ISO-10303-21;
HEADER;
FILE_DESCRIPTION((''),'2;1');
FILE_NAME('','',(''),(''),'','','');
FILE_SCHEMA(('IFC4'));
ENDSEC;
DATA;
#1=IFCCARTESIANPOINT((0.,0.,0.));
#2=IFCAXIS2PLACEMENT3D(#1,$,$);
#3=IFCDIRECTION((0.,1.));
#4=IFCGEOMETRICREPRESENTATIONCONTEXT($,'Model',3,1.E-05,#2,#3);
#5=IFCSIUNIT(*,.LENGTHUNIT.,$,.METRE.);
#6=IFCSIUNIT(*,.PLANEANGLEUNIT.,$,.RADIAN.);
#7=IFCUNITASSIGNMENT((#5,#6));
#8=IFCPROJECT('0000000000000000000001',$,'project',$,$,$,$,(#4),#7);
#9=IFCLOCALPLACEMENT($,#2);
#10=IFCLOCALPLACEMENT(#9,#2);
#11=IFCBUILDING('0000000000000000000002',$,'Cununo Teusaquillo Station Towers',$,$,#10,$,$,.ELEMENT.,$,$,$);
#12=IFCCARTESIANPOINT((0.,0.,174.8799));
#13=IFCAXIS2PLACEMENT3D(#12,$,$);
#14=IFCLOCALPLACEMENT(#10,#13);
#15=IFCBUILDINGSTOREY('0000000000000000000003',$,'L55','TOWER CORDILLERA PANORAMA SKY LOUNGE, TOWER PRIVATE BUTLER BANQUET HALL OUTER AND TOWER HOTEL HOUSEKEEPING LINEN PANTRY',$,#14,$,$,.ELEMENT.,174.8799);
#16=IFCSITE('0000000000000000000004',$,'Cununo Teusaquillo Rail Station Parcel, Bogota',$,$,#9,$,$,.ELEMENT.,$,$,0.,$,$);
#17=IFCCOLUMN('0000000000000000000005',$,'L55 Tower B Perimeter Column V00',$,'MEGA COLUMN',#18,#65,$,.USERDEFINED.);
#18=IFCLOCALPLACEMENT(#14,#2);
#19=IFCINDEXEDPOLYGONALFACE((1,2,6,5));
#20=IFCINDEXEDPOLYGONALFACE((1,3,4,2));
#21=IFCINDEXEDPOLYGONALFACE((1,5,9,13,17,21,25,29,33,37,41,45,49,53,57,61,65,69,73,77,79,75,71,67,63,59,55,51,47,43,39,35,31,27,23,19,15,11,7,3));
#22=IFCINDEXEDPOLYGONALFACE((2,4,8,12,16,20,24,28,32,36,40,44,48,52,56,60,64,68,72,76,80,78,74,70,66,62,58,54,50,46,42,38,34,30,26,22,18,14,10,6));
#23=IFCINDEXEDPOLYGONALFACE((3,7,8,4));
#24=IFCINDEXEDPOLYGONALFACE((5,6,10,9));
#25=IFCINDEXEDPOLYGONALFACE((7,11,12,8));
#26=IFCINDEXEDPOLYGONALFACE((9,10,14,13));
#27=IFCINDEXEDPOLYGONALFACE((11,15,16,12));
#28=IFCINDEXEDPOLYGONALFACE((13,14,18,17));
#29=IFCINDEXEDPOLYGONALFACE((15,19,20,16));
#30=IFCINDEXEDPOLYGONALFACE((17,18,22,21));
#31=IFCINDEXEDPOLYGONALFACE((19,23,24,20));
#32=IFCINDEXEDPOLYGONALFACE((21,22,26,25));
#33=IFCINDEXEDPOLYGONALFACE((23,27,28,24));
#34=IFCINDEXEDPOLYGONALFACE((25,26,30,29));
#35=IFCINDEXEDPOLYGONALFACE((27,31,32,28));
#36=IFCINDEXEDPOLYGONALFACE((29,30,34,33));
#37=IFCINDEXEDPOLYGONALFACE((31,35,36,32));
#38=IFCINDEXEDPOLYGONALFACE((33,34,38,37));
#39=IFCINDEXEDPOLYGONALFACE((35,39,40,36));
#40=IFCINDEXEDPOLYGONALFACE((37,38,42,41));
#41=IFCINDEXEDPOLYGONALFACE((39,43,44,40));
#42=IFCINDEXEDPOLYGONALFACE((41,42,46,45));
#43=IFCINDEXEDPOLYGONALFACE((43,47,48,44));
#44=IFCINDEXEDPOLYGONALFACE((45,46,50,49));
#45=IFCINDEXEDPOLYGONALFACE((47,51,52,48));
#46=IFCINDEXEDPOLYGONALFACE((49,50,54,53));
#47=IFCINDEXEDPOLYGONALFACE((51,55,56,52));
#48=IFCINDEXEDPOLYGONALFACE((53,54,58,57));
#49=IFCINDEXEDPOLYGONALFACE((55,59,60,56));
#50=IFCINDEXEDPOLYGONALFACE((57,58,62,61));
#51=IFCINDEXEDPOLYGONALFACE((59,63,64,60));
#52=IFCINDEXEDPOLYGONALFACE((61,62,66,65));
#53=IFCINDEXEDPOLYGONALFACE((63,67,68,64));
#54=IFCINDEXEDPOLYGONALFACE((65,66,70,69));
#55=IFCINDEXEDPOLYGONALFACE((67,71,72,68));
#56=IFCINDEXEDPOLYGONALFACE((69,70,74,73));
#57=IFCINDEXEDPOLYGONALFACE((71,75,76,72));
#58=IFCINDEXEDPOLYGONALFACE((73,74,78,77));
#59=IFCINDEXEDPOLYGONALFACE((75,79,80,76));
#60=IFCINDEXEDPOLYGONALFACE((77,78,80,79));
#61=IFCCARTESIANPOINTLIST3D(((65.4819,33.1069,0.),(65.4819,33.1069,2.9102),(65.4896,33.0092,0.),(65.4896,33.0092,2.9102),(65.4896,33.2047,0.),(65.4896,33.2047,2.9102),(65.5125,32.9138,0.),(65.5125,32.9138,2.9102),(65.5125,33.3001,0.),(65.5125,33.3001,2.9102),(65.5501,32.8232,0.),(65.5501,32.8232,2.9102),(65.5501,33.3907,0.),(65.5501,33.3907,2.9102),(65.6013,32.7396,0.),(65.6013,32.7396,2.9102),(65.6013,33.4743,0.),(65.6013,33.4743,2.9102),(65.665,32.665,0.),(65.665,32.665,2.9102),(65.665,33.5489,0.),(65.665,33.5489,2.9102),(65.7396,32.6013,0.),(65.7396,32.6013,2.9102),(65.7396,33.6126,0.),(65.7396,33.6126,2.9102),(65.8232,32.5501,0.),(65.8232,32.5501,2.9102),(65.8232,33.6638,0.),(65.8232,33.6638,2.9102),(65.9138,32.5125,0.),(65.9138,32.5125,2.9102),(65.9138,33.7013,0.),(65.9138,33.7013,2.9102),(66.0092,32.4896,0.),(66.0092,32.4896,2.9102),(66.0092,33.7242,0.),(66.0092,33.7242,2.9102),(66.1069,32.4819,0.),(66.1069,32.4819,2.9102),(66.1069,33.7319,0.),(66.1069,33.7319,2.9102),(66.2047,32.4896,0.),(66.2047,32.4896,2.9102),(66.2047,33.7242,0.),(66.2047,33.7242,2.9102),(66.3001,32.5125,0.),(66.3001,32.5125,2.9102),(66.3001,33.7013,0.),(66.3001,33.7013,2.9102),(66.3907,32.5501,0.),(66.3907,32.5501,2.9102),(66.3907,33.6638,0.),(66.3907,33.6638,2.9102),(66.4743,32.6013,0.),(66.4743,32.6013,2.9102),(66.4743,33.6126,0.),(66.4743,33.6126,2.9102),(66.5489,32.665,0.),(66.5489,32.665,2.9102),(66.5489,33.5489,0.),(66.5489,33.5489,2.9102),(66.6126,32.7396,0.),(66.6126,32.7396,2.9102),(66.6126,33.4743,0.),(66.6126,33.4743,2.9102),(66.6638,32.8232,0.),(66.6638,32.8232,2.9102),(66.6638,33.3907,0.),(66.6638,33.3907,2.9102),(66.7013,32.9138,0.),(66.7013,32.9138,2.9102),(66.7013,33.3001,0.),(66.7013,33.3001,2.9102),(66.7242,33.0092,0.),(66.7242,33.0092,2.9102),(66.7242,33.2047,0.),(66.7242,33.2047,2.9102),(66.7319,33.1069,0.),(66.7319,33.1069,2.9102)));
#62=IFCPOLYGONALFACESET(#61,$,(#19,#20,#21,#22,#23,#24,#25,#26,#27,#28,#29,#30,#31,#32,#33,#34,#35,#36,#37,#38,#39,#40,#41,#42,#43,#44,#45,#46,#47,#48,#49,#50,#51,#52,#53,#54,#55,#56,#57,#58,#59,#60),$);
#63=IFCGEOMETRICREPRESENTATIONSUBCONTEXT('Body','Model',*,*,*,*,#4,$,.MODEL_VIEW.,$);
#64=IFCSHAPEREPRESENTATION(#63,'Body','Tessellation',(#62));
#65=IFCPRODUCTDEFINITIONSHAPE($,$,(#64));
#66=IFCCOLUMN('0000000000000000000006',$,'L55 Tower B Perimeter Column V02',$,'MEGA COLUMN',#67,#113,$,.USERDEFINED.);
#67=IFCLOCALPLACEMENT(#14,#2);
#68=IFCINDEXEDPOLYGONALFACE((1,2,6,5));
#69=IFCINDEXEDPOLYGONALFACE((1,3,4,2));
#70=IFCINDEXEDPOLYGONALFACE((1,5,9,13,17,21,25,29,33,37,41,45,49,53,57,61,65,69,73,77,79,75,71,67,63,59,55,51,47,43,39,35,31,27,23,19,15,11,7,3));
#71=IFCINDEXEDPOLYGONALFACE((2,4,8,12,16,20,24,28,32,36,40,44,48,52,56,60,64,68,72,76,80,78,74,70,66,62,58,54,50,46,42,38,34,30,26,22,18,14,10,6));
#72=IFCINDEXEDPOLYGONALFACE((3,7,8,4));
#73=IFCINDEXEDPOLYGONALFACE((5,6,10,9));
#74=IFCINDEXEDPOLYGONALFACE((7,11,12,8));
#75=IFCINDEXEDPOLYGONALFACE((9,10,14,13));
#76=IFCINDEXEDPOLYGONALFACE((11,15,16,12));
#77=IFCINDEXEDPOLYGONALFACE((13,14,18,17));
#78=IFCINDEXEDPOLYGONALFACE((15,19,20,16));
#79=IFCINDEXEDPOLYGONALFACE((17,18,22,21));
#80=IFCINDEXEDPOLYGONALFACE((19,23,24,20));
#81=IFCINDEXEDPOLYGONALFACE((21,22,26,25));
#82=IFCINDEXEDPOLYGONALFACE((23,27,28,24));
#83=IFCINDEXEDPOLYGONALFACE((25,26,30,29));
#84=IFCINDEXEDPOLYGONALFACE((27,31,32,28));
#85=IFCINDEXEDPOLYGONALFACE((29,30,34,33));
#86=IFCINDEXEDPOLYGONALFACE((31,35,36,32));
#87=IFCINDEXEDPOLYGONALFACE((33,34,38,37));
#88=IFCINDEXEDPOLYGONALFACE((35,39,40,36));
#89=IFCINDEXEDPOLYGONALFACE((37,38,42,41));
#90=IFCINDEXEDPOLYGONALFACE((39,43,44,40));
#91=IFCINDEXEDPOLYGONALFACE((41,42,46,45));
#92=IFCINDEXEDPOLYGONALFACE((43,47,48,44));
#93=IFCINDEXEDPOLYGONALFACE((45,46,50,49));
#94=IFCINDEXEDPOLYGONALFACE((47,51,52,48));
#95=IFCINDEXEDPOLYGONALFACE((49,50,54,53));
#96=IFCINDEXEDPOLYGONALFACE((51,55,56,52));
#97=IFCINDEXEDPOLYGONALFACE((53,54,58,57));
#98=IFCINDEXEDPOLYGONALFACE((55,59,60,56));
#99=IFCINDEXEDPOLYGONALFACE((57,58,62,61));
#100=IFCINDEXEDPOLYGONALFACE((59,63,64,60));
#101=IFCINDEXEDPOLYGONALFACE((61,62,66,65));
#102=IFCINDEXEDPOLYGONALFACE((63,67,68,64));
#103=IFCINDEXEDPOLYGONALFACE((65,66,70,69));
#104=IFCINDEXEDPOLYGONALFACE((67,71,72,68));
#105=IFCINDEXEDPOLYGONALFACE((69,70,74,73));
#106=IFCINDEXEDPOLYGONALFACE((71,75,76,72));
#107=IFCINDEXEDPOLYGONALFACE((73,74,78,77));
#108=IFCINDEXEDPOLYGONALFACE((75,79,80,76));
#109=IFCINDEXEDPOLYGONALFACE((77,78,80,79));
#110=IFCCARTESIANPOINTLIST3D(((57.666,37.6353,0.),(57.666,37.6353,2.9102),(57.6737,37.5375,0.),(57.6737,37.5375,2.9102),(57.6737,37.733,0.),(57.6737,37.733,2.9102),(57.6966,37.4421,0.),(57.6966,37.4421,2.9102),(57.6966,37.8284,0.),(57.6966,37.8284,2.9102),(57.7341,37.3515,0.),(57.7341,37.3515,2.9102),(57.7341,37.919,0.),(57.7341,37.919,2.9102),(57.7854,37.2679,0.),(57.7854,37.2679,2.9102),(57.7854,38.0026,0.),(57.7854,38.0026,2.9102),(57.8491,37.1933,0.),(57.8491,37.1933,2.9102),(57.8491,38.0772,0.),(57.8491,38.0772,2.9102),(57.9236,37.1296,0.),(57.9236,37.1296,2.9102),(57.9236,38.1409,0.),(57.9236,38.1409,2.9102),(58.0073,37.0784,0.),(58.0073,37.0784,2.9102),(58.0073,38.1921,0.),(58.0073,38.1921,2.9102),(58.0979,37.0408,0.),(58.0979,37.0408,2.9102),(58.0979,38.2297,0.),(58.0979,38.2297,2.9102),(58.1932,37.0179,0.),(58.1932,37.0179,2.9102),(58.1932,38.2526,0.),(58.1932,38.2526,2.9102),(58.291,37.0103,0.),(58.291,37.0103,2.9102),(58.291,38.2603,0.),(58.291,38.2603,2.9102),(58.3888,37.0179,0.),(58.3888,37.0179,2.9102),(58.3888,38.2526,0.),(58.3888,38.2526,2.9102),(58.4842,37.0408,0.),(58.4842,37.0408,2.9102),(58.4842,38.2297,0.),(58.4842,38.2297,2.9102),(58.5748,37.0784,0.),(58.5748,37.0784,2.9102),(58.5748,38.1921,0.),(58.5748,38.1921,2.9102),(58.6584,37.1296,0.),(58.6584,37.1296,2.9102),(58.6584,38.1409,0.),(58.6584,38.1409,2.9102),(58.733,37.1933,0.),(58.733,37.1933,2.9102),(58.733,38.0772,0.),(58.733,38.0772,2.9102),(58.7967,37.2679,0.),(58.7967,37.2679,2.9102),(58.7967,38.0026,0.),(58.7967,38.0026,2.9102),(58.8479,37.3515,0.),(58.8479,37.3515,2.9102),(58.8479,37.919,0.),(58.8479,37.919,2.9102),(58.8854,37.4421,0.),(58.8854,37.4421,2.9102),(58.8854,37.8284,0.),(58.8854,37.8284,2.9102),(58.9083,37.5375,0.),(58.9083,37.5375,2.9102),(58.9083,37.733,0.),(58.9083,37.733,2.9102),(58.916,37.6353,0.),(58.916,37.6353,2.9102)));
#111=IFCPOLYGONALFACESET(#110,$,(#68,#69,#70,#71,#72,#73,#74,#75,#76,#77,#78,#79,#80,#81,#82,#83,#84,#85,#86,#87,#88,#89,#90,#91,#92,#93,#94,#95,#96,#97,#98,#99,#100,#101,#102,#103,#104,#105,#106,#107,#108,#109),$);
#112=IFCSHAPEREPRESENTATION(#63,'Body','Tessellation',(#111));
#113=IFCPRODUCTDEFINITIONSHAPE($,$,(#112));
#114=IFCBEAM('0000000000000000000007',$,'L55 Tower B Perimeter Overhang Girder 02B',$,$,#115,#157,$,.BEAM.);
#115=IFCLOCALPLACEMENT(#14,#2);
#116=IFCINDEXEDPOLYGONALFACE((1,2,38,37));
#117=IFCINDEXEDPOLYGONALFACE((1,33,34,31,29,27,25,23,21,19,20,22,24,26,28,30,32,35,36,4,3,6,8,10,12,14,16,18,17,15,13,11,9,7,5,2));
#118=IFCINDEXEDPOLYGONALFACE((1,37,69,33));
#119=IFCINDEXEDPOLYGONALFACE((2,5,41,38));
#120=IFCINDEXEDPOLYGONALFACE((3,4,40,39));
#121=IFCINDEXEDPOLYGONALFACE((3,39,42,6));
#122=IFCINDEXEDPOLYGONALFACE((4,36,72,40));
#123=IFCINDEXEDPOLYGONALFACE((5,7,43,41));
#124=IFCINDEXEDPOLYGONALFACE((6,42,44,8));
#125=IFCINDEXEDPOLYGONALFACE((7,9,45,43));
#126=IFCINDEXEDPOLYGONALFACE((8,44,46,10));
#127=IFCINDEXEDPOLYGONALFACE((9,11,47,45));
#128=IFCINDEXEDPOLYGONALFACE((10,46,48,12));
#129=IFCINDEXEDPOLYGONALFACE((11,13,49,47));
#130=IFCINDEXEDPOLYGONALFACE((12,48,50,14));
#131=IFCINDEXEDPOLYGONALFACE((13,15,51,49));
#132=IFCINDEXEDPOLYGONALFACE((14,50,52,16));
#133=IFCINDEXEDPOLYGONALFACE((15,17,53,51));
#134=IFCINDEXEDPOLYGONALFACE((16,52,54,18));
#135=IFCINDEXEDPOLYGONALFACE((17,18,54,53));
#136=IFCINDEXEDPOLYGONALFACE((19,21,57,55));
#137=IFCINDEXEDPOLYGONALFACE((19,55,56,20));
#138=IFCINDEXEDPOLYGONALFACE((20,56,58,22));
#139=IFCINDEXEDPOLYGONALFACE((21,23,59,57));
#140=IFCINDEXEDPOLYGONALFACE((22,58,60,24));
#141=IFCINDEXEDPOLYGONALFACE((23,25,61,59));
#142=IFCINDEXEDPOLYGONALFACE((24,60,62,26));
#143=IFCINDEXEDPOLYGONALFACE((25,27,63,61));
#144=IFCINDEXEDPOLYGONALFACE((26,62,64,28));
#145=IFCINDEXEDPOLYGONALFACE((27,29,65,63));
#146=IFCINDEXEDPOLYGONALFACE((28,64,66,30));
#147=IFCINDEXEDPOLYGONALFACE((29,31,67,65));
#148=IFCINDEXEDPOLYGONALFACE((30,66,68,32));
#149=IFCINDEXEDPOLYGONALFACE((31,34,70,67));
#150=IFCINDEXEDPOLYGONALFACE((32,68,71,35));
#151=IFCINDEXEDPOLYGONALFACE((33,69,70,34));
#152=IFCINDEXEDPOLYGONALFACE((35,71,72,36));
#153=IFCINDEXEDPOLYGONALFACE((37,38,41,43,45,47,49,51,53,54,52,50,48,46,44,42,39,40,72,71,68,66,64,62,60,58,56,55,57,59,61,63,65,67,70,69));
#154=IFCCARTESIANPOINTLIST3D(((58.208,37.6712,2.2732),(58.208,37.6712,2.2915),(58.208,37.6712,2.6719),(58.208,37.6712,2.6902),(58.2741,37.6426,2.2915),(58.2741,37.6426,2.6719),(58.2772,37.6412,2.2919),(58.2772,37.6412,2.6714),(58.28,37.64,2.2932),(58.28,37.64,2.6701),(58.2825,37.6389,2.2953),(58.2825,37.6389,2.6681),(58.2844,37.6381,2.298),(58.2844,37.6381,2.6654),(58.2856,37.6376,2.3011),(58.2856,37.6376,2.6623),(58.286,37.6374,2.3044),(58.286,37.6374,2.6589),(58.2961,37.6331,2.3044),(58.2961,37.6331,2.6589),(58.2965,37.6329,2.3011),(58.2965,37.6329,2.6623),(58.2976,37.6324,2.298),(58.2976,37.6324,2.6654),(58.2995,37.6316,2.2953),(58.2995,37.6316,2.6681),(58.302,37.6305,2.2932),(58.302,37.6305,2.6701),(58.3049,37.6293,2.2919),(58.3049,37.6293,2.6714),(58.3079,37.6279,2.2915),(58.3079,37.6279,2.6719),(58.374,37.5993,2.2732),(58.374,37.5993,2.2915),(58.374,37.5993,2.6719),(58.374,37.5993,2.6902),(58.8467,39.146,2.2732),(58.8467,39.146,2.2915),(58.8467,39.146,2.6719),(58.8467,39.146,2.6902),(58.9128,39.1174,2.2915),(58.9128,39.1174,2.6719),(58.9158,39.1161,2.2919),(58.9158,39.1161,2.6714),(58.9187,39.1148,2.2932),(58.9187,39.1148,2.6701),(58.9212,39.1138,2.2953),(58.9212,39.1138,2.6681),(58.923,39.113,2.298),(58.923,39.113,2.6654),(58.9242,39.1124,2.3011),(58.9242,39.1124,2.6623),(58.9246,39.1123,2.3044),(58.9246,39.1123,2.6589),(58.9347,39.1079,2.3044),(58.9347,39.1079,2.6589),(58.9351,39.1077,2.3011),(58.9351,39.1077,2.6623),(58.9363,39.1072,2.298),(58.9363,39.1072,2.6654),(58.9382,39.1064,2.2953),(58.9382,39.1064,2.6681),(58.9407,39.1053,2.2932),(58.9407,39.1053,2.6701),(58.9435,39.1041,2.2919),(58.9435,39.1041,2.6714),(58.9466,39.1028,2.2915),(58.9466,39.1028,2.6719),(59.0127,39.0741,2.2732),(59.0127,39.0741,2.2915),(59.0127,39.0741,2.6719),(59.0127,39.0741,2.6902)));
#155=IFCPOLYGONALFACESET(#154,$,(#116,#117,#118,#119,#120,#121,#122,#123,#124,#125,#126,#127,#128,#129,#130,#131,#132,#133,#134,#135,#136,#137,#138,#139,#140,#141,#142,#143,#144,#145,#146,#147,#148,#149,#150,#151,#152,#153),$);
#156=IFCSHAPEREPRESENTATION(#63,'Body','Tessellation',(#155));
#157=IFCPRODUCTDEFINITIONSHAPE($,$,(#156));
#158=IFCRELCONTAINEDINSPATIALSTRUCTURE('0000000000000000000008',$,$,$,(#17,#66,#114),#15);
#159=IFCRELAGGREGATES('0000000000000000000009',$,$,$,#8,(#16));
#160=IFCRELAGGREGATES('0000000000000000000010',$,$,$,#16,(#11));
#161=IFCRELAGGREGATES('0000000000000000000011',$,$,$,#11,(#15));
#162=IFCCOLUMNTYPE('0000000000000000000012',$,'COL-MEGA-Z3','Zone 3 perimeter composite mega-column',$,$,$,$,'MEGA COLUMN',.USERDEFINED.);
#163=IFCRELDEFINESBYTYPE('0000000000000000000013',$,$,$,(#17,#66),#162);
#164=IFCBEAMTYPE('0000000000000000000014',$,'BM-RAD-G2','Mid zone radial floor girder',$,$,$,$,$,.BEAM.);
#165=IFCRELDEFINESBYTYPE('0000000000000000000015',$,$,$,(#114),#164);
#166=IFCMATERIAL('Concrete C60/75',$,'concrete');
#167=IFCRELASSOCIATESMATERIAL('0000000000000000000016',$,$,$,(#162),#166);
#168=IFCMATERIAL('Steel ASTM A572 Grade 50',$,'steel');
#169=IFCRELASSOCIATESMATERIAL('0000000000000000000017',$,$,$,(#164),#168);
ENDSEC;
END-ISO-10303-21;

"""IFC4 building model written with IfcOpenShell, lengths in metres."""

from ifc_helpers import new_model, si_unit, direction, frame, origin, origin_2d, place, context, subcontext, project, spatial, circle, i_section, extrude, material, material_profile, profile_set, type_object, element, save


model = new_model("IFC4")

# Units and contexts
model_context = context("Model", 3, precision=1e-05, world=origin(), true_north=direction((0.0, 1.0)))
body_context = subcontext(model_context, "Body", "Model", "MODEL_VIEW")
ifc_project = project(units=[si_unit("LENGTHUNIT", "METRE"), si_unit("PLANEANGLEUNIT", "RADIAN")], contexts=[model_context])

# Site, building, storey
site_placement = place(None, origin())
site = spatial("IfcSite", under=ifc_project, at=site_placement, Name="Cununo Teusaquillo Rail Station Parcel, Bogota", CompositionType="ELEMENT", RefElevation=0.0)
building_placement = place(site_placement, origin())
building = spatial("IfcBuilding", under=site, at=building_placement, Name="Cununo Teusaquillo Station Towers", CompositionType="ELEMENT")
storey_placement = place(building_placement, frame((0.0, 0.0, 174.8799)))
storey = spatial("IfcBuildingStorey", under=building, at=storey_placement, Name="L55", Description="TOWER CORDILLERA PANORAMA SKY LOUNGE, TOWER PRIVATE BUTLER BANQUET HALL OUTER AND TOWER HOTEL HOUSEKEEPING LINEN PANTRY", CompositionType="ELEMENT", Elevation=174.8799)

# Columns
ifc_material_1 = material(Name="Concrete C60/75", Category="concrete")
ifc_material_profile_1 = material_profile(ifc_material_1, circle(Radius=0.625, at=origin_2d()), Name="RC-CIRC-1250")
ifc_profile_set_1 = profile_set([ifc_material_profile_1], Name="Concrete C60/75")
column_type = type_object("IfcColumnType", Name="COL-MEGA-Z3", Description="Zone 3 perimeter composite mega-column", ElementType="MEGA COLUMN", PredefinedType="USERDEFINED", material=ifc_profile_set_1)
for number, where, z_axis, x_axis, name in (
    (1, (66.1069, 33.1069, 0.0), (0.0, 0.0, 1.0), (1.0, 0.0, 0.0), "L55 Tower B Perimeter Column V00"),
    (2, (58.291, 37.6353, 0.0), (0.0, 0.0, 1.0), (1.0, 0.0, 0.0), "L55 Tower B Perimeter Column V02"),
):
    element("IfcColumn", number, at=place(storey_placement, frame(where, z_axis=z_axis, x_axis=x_axis)), inside=storey, type_object=column_type, Name=name, ObjectType="MEGA COLUMN", PredefinedType="USERDEFINED", context=body_context, shape_type="SweptSolid", body=[
        extrude(circle(Radius=0.625, at=origin_2d()), origin(), (0.0, 0.0, 1.0), 2.9102),
    ])

# Beam
ifc_material_2 = material(Name="Steel ASTM A572 Grade 50", Category="steel")
ifc_material_profile_2 = material_profile(ifc_material_2, i_section(OverallWidth=0.1809, OverallDepth=0.417, WebThickness=0.011, FlangeThickness=0.0183, FilletRadius=0.0129, at=origin_2d()), Name="W16X57")
ifc_profile_set_2 = profile_set([ifc_material_profile_2], Name="Steel ASTM A572 Grade 50")
beam_type_1 = type_object("IfcBeamType", Name="BM-RAD-G2", Description="Mid zone radial floor girder", PredefinedType="BEAM", material=ifc_profile_set_2)
beam_1_placement = place(storey_placement, frame((58.291, 37.6353, 2.4817), z_axis=(0.397381, 0.917654, 0.0), x_axis=(-0.917654, 0.397381, 0.0)))
element("IfcBeam", 3, at=beam_1_placement, inside=storey, type_object=beam_type_1, Name="L55 Tower B Perimeter Overhang Girder 02B", PredefinedType="BEAM", context=body_context, shape_type="SweptSolid", body=[
    extrude(i_section(OverallWidth=0.1809, OverallDepth=0.417, WebThickness=0.011, FlangeThickness=0.0183, FilletRadius=0.0129, at=origin_2d()), origin(), (0.0, 0.0, 1.0), 1.6072),
])

save(model, "model.ifc")
